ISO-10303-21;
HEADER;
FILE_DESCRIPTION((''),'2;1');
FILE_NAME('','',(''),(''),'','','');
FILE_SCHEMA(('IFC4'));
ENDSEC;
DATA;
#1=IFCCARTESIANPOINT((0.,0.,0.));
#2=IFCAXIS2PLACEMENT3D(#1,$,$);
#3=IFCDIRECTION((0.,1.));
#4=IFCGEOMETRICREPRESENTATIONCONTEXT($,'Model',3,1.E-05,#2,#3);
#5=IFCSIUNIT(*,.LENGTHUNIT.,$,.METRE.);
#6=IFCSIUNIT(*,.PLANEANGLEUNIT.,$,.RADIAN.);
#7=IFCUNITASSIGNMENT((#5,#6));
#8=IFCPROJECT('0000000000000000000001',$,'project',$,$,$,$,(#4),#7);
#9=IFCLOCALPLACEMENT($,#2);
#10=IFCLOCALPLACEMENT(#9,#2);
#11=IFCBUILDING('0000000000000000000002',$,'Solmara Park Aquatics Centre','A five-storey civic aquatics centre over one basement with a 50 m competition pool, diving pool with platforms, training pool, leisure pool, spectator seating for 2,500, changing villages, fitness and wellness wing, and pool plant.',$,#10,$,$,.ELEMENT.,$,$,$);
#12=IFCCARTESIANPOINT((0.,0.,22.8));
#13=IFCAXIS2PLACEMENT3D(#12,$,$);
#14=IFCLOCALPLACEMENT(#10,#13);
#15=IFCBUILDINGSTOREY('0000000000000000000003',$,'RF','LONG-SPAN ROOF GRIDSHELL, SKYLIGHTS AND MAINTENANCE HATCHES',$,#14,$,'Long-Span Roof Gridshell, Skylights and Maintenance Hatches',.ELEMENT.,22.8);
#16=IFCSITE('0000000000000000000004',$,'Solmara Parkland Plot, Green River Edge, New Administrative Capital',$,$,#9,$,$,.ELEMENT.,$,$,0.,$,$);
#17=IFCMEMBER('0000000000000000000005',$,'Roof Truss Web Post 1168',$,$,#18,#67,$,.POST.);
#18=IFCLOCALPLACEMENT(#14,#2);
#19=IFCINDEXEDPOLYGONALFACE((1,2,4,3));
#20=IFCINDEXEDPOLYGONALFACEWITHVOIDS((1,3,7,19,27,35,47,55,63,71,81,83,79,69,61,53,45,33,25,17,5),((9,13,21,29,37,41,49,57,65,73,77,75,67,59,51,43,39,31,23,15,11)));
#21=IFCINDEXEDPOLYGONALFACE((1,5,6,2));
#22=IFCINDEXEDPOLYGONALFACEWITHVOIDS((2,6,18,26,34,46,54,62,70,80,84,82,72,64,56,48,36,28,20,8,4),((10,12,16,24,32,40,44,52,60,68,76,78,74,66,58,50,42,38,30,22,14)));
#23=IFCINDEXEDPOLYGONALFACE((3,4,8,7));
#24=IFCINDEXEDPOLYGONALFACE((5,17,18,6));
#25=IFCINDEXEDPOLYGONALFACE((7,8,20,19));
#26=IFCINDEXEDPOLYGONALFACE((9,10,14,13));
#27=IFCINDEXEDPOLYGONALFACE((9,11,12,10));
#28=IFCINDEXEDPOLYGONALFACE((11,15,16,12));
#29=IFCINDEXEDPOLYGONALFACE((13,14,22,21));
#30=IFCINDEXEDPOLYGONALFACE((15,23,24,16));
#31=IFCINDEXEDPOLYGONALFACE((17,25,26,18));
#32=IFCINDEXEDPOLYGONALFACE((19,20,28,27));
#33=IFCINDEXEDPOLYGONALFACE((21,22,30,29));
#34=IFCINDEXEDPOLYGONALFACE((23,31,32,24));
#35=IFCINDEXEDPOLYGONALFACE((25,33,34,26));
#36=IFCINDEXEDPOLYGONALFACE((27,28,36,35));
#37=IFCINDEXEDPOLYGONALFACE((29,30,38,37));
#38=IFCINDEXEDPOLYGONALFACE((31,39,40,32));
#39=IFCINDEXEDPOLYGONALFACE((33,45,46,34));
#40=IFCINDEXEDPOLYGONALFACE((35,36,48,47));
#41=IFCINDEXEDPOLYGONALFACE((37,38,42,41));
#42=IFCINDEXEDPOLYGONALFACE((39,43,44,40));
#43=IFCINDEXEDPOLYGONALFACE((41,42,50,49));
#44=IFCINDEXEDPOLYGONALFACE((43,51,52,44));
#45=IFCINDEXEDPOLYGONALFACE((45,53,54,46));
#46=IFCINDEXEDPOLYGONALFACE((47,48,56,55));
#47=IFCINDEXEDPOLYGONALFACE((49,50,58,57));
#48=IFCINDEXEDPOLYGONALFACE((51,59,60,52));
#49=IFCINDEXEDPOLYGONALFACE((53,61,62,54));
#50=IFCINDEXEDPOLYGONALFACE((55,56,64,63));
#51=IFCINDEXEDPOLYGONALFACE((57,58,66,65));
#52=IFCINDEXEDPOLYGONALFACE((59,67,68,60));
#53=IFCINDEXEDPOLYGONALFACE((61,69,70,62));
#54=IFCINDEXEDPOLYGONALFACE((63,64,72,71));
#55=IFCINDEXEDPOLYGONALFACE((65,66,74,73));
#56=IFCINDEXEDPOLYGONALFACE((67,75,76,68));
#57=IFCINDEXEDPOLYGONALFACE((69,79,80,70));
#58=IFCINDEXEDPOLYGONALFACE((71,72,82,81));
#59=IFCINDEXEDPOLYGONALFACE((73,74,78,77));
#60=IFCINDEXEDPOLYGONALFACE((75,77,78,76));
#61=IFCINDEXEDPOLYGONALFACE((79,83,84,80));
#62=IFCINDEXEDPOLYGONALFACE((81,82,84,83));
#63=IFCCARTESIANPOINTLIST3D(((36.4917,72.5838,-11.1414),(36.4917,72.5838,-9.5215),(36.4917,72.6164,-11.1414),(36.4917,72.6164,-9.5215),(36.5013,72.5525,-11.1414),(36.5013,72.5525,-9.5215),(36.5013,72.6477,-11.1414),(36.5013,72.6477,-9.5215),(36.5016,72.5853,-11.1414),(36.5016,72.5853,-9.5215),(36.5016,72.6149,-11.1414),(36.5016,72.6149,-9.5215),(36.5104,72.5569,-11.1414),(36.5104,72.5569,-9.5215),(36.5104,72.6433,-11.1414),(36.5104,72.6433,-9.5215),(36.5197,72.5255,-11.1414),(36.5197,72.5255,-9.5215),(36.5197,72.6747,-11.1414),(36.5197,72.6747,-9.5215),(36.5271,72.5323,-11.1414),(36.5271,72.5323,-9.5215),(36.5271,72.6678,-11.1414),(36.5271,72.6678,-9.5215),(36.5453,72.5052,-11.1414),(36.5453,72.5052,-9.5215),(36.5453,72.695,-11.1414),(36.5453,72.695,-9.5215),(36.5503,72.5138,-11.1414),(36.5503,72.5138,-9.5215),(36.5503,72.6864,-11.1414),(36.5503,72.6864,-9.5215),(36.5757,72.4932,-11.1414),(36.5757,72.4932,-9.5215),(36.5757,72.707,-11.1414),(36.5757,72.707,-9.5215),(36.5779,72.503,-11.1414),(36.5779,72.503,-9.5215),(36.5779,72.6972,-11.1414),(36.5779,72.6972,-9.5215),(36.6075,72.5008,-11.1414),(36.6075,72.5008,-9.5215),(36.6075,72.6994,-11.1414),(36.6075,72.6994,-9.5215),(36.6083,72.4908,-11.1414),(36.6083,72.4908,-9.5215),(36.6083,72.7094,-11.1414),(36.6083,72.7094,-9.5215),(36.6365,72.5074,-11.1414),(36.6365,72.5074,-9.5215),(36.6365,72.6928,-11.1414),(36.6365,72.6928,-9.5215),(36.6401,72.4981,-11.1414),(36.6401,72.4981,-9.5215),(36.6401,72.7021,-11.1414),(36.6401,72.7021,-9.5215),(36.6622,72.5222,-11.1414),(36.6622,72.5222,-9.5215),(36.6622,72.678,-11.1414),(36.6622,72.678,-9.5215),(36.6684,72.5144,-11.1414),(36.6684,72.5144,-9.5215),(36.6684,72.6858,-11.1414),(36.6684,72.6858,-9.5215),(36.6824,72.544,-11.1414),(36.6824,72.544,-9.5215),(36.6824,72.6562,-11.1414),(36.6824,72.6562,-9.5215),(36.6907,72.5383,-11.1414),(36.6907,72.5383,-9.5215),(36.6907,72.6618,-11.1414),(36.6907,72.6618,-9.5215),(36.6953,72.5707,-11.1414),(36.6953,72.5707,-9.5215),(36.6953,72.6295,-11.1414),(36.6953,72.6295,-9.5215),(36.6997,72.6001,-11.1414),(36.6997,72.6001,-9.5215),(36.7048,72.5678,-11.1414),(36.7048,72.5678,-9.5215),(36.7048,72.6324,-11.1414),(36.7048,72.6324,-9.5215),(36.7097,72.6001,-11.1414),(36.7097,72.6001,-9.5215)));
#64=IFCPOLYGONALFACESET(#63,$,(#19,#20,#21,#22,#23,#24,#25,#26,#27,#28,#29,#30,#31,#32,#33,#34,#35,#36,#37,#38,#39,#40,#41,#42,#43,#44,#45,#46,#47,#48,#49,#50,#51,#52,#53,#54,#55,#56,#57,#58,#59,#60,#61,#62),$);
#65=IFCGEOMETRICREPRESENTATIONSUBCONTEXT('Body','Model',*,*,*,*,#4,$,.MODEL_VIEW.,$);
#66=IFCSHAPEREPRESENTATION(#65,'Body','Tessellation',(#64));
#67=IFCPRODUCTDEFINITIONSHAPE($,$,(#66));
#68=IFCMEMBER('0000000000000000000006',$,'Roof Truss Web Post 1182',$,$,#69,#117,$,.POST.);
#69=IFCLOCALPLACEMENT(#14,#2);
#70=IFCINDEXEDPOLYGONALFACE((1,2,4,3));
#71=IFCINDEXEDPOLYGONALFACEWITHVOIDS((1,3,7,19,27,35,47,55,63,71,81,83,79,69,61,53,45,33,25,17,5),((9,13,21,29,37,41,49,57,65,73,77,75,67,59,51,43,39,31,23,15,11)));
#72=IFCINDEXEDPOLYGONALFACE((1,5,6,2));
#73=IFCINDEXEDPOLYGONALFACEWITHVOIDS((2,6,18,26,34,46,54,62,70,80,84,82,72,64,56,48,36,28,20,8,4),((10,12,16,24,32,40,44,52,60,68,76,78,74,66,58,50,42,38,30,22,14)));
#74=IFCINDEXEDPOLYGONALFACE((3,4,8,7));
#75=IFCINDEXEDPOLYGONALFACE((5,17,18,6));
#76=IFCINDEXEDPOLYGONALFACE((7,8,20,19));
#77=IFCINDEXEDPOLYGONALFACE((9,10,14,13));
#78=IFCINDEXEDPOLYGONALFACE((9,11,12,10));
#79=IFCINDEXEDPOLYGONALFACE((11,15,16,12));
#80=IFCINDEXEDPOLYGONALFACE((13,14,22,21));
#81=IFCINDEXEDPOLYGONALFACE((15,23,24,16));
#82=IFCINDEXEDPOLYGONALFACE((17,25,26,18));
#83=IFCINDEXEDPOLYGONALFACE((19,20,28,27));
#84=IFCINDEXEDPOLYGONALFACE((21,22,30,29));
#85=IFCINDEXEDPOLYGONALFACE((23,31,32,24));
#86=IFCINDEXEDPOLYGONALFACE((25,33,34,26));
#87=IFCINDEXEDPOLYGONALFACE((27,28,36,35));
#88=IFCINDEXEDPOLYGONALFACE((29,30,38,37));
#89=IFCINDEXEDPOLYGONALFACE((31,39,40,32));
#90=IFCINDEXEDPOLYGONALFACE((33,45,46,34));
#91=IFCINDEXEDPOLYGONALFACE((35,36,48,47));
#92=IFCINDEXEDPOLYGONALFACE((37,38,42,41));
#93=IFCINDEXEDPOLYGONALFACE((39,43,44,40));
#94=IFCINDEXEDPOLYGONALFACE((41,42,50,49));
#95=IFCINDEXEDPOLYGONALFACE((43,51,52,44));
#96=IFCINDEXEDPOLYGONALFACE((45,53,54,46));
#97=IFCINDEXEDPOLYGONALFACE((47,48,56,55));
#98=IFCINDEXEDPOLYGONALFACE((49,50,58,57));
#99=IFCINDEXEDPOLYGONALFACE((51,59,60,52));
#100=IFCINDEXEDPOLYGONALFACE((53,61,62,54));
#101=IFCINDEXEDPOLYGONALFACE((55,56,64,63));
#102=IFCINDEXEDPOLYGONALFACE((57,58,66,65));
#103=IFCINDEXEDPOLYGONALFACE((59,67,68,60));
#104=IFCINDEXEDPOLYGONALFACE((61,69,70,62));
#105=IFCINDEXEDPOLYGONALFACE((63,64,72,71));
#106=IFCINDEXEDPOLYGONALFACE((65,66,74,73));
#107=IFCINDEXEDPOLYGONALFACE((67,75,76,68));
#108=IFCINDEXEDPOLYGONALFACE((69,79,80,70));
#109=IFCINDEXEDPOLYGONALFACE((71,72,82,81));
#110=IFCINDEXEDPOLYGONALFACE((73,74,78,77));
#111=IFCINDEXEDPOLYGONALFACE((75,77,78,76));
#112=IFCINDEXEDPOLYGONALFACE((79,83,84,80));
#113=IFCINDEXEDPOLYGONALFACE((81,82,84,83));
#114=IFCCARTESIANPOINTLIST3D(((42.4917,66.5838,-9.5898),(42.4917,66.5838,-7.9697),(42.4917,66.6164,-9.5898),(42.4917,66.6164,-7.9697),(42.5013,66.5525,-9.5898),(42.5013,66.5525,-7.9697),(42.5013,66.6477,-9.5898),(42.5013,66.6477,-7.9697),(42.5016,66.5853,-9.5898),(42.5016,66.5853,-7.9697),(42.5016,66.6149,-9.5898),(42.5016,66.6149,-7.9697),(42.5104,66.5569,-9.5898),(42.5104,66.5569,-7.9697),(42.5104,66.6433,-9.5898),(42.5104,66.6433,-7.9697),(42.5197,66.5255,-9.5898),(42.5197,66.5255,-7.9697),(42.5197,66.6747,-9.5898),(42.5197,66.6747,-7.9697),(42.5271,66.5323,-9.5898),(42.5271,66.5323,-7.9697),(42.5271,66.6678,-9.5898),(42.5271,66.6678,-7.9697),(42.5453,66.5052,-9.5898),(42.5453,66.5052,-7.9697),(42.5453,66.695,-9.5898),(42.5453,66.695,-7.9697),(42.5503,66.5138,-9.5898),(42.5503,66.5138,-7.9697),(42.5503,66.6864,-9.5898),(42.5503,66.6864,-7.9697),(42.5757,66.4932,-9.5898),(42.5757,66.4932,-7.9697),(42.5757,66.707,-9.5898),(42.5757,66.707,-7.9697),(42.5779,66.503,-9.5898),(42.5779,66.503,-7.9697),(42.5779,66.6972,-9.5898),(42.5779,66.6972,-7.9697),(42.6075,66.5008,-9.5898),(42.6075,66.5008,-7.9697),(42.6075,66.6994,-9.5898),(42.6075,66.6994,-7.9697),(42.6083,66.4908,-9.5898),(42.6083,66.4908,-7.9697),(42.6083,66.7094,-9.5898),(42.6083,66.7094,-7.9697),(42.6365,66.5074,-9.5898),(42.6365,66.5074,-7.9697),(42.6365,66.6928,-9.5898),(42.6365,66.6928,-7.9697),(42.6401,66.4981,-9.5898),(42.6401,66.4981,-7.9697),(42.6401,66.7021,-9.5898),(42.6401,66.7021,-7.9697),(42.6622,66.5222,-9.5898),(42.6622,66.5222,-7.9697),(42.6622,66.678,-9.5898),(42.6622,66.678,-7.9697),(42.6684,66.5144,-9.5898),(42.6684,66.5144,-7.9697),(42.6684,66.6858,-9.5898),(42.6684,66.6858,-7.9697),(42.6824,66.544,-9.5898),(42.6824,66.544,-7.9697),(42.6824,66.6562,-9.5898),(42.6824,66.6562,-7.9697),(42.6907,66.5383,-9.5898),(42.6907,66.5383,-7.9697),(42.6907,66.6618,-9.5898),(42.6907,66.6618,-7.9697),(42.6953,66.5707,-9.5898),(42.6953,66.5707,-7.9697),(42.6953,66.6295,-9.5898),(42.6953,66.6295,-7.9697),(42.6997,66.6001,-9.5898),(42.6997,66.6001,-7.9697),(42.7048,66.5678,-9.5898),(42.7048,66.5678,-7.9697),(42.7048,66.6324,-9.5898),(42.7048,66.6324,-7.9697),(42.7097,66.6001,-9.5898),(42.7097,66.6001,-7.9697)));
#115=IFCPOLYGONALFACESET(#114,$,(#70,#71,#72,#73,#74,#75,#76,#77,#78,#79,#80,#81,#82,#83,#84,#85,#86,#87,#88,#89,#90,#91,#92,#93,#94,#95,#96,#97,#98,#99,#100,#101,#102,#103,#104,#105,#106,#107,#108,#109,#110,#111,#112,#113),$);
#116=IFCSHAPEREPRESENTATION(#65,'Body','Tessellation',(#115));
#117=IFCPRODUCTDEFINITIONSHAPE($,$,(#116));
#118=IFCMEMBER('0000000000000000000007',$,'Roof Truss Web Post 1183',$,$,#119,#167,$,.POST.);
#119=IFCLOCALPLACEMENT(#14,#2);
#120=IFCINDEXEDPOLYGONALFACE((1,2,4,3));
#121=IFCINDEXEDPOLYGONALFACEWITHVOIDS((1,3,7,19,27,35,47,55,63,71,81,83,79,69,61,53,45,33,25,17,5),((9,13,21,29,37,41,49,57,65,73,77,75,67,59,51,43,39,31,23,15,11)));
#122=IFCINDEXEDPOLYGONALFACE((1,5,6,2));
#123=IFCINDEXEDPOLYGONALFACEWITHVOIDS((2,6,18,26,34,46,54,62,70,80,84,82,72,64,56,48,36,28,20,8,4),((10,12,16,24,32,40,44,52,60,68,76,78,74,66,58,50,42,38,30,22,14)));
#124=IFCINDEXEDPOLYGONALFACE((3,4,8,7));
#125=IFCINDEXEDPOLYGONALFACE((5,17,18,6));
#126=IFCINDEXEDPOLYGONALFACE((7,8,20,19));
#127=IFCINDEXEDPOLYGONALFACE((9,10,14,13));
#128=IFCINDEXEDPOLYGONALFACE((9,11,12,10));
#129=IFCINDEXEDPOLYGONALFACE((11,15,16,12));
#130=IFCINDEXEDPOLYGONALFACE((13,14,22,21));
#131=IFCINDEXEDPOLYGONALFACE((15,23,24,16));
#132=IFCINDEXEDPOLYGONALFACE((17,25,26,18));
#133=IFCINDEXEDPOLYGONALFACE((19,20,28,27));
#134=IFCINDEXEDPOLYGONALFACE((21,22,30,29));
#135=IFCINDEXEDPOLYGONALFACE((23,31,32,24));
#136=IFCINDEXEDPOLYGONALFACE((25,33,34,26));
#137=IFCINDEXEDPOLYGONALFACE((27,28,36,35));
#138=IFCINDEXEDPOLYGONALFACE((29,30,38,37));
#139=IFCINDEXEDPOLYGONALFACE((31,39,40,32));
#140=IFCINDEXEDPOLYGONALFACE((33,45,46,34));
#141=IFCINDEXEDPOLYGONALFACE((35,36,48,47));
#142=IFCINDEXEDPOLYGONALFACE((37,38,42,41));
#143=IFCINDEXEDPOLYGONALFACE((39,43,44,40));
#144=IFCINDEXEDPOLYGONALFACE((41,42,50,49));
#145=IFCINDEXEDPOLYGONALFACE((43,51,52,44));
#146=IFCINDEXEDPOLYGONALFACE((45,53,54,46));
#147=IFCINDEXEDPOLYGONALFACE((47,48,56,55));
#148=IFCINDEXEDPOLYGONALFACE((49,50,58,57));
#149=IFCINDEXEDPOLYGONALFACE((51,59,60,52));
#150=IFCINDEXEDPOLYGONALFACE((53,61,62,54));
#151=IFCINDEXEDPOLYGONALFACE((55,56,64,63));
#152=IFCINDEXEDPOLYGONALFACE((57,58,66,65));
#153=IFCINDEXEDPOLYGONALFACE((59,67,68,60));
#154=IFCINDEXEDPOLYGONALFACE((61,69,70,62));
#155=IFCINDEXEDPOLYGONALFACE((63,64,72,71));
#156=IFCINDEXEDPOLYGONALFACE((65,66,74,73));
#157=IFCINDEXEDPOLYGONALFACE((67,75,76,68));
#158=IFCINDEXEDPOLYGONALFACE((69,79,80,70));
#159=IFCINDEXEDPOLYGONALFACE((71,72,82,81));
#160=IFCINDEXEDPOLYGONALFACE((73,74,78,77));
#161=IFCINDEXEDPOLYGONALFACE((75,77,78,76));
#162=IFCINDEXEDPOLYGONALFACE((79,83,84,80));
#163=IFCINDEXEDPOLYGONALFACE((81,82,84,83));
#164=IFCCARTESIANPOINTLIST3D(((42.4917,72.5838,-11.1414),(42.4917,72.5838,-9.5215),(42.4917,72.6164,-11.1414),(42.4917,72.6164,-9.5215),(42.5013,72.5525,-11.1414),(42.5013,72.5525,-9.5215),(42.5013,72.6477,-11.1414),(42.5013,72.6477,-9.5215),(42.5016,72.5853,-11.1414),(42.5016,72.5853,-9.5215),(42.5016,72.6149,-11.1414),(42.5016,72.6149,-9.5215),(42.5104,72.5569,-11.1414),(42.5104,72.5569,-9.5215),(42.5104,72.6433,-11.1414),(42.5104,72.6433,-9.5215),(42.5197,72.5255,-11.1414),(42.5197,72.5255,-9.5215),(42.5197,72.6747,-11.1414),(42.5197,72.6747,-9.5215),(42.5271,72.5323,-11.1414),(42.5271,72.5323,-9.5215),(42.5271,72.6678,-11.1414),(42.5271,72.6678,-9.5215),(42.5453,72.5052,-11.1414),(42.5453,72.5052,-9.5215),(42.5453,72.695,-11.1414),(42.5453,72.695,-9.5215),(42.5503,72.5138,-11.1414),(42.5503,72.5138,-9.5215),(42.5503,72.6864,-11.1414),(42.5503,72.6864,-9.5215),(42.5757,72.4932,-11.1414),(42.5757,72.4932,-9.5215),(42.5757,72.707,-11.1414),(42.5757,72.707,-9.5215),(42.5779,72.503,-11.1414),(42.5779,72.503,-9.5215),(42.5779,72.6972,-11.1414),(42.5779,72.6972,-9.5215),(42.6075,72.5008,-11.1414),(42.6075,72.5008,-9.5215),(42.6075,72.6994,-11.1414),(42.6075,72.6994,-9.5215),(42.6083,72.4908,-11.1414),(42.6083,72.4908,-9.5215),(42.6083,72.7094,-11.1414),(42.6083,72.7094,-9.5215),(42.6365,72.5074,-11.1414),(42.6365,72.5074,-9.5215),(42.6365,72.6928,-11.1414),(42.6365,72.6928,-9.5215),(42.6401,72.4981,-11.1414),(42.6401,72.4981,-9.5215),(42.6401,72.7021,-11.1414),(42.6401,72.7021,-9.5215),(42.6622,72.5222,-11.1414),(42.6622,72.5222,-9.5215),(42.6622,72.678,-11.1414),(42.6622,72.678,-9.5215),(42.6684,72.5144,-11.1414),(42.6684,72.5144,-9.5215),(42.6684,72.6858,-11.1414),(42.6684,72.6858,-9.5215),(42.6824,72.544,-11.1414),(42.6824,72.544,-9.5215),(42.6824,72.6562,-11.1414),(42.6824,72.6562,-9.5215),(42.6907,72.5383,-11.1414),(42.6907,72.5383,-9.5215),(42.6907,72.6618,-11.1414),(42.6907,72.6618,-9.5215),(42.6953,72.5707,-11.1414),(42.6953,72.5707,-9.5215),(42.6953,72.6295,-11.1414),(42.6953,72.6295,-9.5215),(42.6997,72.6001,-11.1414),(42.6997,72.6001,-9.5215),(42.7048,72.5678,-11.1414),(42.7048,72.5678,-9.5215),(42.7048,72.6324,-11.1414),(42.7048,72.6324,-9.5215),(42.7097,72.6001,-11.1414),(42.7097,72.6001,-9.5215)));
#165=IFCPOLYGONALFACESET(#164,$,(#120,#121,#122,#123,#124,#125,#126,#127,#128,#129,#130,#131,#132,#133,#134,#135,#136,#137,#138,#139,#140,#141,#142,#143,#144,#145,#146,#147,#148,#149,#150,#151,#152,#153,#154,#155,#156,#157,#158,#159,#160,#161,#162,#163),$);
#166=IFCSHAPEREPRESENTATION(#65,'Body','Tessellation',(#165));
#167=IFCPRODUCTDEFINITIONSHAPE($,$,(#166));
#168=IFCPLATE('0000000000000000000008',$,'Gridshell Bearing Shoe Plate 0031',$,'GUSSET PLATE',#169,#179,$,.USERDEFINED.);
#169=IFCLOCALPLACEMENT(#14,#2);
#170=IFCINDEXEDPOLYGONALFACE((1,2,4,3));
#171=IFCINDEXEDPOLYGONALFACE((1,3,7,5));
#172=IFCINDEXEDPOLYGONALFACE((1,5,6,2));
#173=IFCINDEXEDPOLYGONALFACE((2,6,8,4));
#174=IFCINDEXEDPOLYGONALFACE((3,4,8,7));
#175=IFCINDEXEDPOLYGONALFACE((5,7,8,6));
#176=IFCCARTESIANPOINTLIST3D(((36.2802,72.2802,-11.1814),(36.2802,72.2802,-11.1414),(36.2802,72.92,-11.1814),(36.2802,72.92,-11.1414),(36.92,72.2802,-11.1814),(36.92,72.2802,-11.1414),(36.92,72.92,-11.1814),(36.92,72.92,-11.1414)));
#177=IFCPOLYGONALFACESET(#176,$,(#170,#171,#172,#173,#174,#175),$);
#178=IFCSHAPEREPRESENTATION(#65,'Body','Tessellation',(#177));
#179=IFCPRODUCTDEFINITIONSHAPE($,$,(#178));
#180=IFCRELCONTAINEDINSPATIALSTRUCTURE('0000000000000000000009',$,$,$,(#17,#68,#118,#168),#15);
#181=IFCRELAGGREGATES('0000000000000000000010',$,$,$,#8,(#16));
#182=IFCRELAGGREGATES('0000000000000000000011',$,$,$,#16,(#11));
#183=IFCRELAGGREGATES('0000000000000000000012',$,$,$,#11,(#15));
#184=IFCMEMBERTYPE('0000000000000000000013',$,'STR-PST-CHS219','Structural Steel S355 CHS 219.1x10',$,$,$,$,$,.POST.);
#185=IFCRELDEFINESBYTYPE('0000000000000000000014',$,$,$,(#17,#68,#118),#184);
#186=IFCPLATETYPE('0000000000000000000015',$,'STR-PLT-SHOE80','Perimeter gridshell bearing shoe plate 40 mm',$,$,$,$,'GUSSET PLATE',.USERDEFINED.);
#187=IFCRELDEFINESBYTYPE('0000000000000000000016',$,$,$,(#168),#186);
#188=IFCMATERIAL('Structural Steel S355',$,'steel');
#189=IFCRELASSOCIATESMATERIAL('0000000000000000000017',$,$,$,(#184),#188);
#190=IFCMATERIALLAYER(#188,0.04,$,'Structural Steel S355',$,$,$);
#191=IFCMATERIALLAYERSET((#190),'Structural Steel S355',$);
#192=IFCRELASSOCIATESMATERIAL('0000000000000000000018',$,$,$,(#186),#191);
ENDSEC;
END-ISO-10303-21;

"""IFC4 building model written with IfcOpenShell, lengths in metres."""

from ifc_helpers import new_model, si_unit, direction, frame, origin, origin_2d, place, context, subcontext, project, spatial, rectangle, hollow_circle, extrude, material, layer, layer_set, material_profile, profile_set, type_object, element, save


model = new_model("IFC4")

# Units and contexts
model_context = context("Model", 3, precision=1e-05, world=origin(), true_north=direction((0.0, 1.0)))
body_context = subcontext(model_context, "Body", "Model", "MODEL_VIEW")
ifc_project = project(units=[si_unit("LENGTHUNIT", "METRE"), si_unit("PLANEANGLEUNIT", "RADIAN")], contexts=[model_context])

# Site, building, storey
site_placement = place(None, origin())
site = spatial("IfcSite", under=ifc_project, at=site_placement, Name="Solmara Parkland Plot, Green River Edge, New Administrative Capital", CompositionType="ELEMENT", RefElevation=0.0)
building_placement = place(site_placement, origin())
building = spatial("IfcBuilding", under=site, at=building_placement, Name="Solmara Park Aquatics Centre", Description="A five-storey civic aquatics centre over one basement with a 50 m competition pool, diving pool with platforms, training pool, leisure pool, spectator seating for 2,500, changing villages, fitness and wellness wing, and pool plant.", CompositionType="ELEMENT")
storey_placement = place(building_placement, frame((0.0, 0.0, 22.8)))
storey = spatial("IfcBuildingStorey", under=building, at=storey_placement, Name="RF", Description="LONG-SPAN ROOF GRIDSHELL, SKYLIGHTS AND MAINTENANCE HATCHES", LongName="Long-Span Roof Gridshell, Skylights and Maintenance Hatches", CompositionType="ELEMENT", Elevation=22.8)

# Members
ifc_material_1 = material(Name="Structural Steel S355", Category="steel")
ifc_material_profile_1 = material_profile(ifc_material_1, hollow_circle(Radius=0.1096, WallThickness=0.01, at=origin_2d()), Name="CHS 219.1x10")
ifc_profile_set_1 = profile_set([ifc_material_profile_1], Name="Structural Steel S355")
member_type_1 = type_object("IfcMemberType", Name="STR-PST-CHS219", Description="Structural Steel S355 CHS 219.1x10", PredefinedType="POST", material=ifc_profile_set_1)
member_1_placement = place(storey_placement, frame((36.6001, 72.6001, -11.1414), z_axis=(0.0, 0.0, 1.0), x_axis=(1.0, 0.0, 0.0)))
element("IfcMember", 1, at=member_1_placement, inside=storey, type_object=member_type_1, Name="Roof Truss Web Post 1168", PredefinedType="POST", context=body_context, shape_type="SweptSolid", body=[
    extrude(hollow_circle(Radius=0.1096, WallThickness=0.01, at=origin_2d()), origin(), (0.0, 0.0, 1.0), 1.6199),
])
member_2_placement = place(storey_placement, frame((42.6001, 66.6001, -9.5898), z_axis=(0.0, 0.0, 1.0), x_axis=(1.0, 0.0, 0.0)))
element("IfcMember", 2, at=member_2_placement, inside=storey, type_object=member_type_1, Name="Roof Truss Web Post 1182", PredefinedType="POST", context=body_context, shape_type="SweptSolid", body=[
    extrude(hollow_circle(Radius=0.1096, WallThickness=0.01, at=origin_2d()), origin(), (0.0, 0.0, 1.0), 1.6201),
])
member_3_placement = place(storey_placement, frame((42.6001, 72.6001, -11.1414), z_axis=(0.0, 0.0, 1.0), x_axis=(1.0, 0.0, 0.0)))
element("IfcMember", 3, at=member_3_placement, inside=storey, type_object=member_type_1, Name="Roof Truss Web Post 1183", PredefinedType="POST", context=body_context, shape_type="SweptSolid", body=[
    extrude(hollow_circle(Radius=0.1096, WallThickness=0.01, at=origin_2d()), origin(), (0.0, 0.0, 1.0), 1.6199),
])

# Plate
ifc_layer = layer(ifc_material_1, 0.04, Name="Structural Steel S355")
ifc_layer_set = layer_set([ifc_layer], Name="Structural Steel S355")
plate_type = type_object("IfcPlateType", Name="STR-PLT-SHOE80", Description="Perimeter gridshell bearing shoe plate 40 mm", ElementType="GUSSET PLATE", PredefinedType="USERDEFINED", material=ifc_layer_set)
plate_placement = place(storey_placement, frame((36.6001, 72.6001, -11.1814), z_axis=(0.0, 0.0, 1.0), x_axis=(1.0, 0.0, 0.0)))
element("IfcPlate", 4, at=plate_placement, inside=storey, type_object=plate_type, Name="Gridshell Bearing Shoe Plate 0031", ObjectType="GUSSET PLATE", PredefinedType="USERDEFINED", context=body_context, shape_type="SweptSolid", body=[
    extrude(rectangle(XDim=0.6399, YDim=0.6399, at=origin_2d()), origin(), (0.0, 0.0, 1.0), 0.04),
])

save(model, "model.ifc")
